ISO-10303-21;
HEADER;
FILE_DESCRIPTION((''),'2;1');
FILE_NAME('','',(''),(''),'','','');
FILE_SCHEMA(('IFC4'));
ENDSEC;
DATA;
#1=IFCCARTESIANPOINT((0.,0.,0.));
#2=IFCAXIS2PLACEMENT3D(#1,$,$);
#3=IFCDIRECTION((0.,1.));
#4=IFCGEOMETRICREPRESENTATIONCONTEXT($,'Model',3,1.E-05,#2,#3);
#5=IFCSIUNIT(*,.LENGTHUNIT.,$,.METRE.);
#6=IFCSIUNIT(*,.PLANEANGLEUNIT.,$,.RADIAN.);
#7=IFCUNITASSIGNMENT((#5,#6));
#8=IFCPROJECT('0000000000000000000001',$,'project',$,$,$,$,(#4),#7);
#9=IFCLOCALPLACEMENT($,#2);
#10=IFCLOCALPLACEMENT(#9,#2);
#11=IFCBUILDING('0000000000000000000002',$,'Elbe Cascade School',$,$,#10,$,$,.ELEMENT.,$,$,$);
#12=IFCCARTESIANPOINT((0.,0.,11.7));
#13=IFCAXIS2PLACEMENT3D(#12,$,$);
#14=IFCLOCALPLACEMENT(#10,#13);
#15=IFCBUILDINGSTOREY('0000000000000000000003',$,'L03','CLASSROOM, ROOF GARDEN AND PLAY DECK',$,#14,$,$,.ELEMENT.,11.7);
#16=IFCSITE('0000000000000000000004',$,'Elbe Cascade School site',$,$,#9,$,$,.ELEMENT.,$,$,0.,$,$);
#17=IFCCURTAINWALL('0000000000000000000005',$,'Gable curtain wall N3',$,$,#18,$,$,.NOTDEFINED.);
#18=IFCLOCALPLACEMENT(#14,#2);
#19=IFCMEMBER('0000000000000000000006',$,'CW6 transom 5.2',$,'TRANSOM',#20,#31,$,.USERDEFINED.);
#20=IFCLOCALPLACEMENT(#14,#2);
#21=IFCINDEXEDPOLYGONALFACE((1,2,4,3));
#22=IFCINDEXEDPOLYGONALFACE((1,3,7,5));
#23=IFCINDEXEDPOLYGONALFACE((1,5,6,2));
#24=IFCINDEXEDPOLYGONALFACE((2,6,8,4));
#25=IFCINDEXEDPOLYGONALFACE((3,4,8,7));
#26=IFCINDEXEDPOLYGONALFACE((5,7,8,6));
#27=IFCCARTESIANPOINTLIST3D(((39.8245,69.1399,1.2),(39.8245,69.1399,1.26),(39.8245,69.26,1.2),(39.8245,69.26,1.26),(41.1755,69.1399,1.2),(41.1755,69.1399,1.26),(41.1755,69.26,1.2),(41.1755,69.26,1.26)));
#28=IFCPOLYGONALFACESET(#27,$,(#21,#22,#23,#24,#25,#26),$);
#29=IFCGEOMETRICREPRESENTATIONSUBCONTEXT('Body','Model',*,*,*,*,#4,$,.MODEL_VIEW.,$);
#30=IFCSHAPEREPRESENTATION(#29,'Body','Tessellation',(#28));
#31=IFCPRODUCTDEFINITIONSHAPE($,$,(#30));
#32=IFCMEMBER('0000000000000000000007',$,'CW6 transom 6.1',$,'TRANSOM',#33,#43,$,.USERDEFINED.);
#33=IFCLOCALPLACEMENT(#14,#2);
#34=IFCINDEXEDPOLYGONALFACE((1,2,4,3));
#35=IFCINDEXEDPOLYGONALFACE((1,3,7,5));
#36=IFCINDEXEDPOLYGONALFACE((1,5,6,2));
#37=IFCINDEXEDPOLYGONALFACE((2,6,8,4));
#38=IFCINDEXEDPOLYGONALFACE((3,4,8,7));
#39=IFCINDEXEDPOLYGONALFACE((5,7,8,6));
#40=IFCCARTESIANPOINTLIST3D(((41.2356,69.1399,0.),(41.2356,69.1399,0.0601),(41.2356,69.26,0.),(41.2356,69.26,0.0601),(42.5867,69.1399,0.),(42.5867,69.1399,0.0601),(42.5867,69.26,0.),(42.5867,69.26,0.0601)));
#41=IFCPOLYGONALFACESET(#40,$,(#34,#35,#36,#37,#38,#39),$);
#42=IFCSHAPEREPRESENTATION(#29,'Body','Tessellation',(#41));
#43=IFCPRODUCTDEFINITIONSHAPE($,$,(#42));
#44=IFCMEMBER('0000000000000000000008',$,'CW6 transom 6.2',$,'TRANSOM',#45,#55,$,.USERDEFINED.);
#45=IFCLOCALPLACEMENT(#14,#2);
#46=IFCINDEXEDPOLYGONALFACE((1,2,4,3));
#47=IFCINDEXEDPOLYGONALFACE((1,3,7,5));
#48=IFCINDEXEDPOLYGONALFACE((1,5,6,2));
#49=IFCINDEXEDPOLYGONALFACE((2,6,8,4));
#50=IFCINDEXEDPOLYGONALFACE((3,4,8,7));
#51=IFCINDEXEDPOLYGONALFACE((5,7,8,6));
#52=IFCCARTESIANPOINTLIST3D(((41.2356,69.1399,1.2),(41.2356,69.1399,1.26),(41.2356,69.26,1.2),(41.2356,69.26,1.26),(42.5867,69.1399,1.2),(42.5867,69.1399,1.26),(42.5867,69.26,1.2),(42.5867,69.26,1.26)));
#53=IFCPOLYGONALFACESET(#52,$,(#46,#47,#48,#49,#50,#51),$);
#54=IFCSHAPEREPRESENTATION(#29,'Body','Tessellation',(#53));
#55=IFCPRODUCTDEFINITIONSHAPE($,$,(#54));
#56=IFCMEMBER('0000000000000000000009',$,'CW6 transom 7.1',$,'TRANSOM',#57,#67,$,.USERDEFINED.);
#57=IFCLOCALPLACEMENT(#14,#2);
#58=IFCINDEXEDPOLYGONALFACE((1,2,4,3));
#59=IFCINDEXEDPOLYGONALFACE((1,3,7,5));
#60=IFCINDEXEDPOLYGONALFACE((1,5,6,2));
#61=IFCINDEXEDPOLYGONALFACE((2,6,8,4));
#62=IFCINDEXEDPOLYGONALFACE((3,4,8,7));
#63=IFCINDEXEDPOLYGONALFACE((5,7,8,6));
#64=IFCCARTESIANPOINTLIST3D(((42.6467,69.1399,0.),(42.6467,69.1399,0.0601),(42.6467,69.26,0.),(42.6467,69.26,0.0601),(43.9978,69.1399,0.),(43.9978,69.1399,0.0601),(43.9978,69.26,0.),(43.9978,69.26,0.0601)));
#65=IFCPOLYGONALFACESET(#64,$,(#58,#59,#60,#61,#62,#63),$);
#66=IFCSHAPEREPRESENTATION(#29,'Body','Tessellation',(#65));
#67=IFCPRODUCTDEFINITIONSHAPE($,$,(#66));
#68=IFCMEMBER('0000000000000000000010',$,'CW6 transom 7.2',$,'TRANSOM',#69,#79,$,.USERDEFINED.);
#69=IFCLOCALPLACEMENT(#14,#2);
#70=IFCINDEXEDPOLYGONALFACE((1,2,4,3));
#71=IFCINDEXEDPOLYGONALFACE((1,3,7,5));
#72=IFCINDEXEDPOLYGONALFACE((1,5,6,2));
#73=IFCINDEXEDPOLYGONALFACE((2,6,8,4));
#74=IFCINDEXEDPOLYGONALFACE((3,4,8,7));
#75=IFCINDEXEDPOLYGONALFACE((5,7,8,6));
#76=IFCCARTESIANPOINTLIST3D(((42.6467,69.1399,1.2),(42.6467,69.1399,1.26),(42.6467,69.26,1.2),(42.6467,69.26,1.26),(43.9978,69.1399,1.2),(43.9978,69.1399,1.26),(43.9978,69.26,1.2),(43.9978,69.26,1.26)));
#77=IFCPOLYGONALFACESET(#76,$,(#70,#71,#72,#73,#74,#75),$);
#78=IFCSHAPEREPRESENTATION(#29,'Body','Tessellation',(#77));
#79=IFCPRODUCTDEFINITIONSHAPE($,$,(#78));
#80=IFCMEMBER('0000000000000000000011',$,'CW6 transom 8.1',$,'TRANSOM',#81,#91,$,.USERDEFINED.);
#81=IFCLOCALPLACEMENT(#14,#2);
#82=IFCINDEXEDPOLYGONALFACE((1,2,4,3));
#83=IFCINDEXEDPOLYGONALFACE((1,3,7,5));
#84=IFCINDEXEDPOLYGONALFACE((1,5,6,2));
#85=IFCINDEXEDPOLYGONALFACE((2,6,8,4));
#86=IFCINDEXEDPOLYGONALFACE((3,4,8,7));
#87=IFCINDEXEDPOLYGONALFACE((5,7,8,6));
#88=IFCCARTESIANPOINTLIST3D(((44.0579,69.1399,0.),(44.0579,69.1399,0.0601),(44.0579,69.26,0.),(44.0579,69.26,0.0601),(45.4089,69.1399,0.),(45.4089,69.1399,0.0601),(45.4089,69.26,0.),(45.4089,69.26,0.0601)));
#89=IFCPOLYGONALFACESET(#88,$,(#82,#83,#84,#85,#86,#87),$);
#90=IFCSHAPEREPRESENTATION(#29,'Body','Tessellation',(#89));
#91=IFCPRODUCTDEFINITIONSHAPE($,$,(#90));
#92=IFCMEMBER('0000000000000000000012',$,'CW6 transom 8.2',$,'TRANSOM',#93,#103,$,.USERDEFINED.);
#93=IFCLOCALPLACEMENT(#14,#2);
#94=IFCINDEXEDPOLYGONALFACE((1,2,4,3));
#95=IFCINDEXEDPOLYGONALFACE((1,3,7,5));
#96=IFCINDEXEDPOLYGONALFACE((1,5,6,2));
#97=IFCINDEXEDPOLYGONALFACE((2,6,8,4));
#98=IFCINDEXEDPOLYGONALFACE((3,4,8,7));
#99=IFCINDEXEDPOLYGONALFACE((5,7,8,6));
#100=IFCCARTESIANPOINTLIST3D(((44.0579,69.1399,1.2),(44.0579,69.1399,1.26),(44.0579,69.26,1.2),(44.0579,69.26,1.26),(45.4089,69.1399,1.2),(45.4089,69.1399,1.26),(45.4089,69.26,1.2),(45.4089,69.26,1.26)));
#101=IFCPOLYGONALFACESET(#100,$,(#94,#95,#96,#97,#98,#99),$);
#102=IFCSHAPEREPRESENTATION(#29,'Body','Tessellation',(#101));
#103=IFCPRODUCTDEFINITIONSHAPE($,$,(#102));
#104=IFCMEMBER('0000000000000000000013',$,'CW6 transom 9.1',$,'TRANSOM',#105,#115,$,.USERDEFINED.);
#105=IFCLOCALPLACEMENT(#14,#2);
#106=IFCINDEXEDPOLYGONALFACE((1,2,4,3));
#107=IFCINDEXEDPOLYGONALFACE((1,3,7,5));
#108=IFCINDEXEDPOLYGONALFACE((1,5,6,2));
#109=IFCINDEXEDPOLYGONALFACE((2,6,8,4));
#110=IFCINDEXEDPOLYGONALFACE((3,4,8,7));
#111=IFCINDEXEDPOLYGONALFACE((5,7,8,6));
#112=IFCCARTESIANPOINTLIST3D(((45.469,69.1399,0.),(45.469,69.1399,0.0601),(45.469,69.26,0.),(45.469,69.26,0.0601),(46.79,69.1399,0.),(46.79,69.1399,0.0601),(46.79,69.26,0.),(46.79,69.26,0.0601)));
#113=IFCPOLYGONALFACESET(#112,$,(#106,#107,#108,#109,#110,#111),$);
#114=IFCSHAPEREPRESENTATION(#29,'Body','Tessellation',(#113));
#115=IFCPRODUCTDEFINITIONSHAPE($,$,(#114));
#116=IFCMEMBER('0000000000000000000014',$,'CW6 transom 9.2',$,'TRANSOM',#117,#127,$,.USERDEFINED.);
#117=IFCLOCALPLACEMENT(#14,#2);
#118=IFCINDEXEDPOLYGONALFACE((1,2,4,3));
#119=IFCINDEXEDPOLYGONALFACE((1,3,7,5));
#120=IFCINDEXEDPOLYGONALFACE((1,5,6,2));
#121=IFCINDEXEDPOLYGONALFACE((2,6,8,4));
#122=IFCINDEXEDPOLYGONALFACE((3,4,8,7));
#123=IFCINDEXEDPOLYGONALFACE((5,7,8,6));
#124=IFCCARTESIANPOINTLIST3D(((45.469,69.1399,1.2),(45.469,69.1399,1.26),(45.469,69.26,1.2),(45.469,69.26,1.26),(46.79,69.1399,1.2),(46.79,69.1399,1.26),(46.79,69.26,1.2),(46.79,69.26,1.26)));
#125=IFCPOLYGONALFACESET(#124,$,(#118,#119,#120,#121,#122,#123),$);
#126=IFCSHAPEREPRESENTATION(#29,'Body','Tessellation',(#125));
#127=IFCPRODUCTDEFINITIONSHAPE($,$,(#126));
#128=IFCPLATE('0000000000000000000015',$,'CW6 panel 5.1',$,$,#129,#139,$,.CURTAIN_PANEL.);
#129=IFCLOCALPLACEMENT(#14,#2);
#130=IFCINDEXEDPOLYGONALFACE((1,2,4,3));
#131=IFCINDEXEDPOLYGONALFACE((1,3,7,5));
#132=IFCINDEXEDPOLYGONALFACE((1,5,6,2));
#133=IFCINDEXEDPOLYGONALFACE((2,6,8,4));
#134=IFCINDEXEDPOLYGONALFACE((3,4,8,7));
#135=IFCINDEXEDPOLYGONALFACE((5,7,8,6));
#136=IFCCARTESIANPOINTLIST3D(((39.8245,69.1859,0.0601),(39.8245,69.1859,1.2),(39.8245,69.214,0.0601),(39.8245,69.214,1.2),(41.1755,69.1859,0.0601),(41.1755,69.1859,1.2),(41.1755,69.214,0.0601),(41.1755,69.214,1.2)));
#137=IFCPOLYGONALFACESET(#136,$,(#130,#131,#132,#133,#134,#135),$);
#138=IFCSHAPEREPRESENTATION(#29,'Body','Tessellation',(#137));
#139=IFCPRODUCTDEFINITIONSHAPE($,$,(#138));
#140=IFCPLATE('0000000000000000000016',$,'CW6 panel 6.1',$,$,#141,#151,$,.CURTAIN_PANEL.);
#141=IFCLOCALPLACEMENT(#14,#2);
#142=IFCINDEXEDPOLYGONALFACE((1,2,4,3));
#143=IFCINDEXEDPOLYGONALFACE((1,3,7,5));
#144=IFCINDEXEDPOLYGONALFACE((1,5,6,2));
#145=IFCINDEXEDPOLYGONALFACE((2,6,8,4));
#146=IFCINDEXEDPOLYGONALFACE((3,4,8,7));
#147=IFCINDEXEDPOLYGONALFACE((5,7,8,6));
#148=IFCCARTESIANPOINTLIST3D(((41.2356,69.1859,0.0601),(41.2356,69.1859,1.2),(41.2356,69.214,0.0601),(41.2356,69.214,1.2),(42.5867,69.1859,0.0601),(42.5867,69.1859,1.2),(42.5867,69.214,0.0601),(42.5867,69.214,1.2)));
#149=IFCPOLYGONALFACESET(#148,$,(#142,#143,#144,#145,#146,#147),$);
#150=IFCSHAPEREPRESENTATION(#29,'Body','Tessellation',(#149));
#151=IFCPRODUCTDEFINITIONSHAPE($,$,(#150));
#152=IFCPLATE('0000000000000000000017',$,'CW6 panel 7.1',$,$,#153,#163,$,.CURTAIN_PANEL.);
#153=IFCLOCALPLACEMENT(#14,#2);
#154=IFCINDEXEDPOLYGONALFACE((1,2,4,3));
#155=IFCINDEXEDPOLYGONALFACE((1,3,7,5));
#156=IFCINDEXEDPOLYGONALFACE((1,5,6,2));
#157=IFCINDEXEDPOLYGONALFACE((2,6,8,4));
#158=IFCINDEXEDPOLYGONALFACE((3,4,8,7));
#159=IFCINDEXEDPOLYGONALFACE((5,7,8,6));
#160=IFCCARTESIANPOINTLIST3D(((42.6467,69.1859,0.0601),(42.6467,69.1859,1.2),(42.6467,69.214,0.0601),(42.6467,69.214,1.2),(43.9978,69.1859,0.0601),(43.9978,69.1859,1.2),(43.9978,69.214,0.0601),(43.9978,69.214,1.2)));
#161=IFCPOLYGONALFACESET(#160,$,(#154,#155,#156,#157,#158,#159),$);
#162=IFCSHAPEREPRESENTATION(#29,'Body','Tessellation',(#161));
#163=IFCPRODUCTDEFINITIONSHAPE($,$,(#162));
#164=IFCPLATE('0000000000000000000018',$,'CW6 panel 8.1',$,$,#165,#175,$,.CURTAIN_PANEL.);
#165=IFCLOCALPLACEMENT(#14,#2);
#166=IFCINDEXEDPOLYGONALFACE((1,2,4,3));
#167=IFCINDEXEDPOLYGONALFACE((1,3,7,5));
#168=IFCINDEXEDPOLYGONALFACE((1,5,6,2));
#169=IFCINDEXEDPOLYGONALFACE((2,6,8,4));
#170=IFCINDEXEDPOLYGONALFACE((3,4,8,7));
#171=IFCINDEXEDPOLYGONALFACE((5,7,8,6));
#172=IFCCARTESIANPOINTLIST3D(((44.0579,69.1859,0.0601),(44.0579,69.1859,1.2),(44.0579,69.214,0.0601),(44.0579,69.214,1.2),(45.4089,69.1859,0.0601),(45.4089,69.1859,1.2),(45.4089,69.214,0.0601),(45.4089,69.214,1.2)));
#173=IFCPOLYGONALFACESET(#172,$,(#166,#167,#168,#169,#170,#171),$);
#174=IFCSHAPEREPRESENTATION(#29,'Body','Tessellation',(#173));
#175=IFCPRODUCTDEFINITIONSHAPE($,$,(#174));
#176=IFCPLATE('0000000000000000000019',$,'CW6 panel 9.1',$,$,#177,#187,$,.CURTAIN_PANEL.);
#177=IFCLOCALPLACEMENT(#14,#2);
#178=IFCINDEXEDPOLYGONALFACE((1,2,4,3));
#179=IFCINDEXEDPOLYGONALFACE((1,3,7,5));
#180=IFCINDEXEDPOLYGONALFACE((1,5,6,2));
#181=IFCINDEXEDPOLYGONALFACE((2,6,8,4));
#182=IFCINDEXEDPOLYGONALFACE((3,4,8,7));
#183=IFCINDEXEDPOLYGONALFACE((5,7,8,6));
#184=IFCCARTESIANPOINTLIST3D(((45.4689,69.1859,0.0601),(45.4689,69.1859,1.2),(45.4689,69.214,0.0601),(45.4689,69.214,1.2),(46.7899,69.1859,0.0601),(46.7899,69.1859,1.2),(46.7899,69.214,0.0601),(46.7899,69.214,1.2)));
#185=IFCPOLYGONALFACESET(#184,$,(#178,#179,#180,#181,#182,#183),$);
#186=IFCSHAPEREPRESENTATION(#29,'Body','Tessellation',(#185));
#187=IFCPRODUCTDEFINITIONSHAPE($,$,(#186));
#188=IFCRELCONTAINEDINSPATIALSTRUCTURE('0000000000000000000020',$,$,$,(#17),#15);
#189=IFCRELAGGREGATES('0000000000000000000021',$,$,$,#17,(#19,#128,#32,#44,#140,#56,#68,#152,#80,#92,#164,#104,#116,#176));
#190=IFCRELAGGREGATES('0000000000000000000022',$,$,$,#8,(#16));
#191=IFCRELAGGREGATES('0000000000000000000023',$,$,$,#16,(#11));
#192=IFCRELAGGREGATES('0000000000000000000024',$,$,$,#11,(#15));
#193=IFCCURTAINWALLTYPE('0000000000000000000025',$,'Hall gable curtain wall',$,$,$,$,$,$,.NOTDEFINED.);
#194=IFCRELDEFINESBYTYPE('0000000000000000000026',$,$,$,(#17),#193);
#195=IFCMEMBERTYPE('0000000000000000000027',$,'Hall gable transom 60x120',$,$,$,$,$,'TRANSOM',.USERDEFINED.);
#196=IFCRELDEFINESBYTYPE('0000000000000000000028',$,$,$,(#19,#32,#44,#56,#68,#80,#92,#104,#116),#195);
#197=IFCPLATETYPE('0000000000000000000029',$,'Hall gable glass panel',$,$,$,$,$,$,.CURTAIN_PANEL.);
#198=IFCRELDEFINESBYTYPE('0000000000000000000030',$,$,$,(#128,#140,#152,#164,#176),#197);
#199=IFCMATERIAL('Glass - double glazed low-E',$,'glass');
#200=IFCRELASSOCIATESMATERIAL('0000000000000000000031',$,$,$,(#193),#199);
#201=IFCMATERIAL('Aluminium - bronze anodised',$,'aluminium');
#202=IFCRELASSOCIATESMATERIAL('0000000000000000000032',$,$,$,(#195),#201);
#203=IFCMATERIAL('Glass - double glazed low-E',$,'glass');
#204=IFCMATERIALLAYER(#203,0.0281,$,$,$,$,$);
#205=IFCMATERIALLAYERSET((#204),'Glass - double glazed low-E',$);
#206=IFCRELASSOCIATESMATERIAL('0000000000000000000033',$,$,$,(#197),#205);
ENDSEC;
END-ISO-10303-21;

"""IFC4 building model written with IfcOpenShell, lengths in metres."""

from ifc_helpers import new_model, si_unit, direction, frame, origin, origin_2d, place, context, subcontext, project, spatial, rectangle, extrude, material, layer, layer_set, material_profile, profile_set, type_object, element, aggregate, save


model = new_model("IFC4")

# Units and contexts
model_context = context("Model", 3, precision=1e-05, world=origin(), true_north=direction((0.0, 1.0)))
body_context = subcontext(model_context, "Body", "Model", "MODEL_VIEW")
ifc_project = project(units=[si_unit("LENGTHUNIT", "METRE"), si_unit("PLANEANGLEUNIT", "RADIAN")], contexts=[model_context])

# Site, building, storey
site_placement = place(None, origin())
site = spatial("IfcSite", under=ifc_project, at=site_placement, Name="Elbe Cascade School site", CompositionType="ELEMENT", RefElevation=0.0)
building_placement = place(site_placement, origin())
building = spatial("IfcBuilding", under=site, at=building_placement, Name="Elbe Cascade School", CompositionType="ELEMENT")
storey_placement = place(building_placement, frame((0.0, 0.0, 11.7)))
storey = spatial("IfcBuildingStorey", under=building, at=storey_placement, Name="L03", Description="CLASSROOM, ROOF GARDEN AND PLAY DECK", CompositionType="ELEMENT", Elevation=11.7)

# Curtain wall
ifc_material_1 = material(Name="Glass - double glazed low-E", Category="glass")
curtain_wall_type = type_object("IfcCurtainWallType", Name="Hall gable curtain wall", PredefinedType="NOTDEFINED", material=ifc_material_1)
curtain_wall_1_placement = place(storey_placement, origin())
curtain_wall_1 = element("IfcCurtainWall", 1, at=curtain_wall_1_placement, inside=storey, type_object=curtain_wall_type, Name="Gable curtain wall N3", PredefinedType="NOTDEFINED")

# Members
ifc_material_2 = material(Name="Aluminium - bronze anodised", Category="aluminium")
ifc_material_profile_1 = material_profile(ifc_material_2, rectangle(XDim=0.1201, YDim=0.0601, at=origin_2d()), Name="Alu 60x120")
ifc_profile_set_1 = profile_set([ifc_material_profile_1], Name="Aluminium - bronze anodised")
member_type_1 = type_object("IfcMemberType", Name="Hall gable transom 60x120", ElementType="TRANSOM", PredefinedType="USERDEFINED", material=ifc_profile_set_1)
member_1_placement = place(storey_placement, frame((39.8245, 69.2, 1.23), z_axis=(1.0, 0.0, 0.0), x_axis=(0.0, 1.0, 0.0)))
member_1 = element("IfcMember", 2, at=member_1_placement, type_object=member_type_1, Name="CW6 transom 5.2", ObjectType="TRANSOM", PredefinedType="USERDEFINED", context=body_context, shape_type="SweptSolid", body=[
    extrude(rectangle(XDim=0.1201, YDim=0.0601, at=origin_2d()), origin(), (0.0, 0.0, 1.0), 1.3511),
])
member_2_placement = place(storey_placement, frame((41.2356, 69.2, 0.03), z_axis=(1.0, 0.0, 0.0), x_axis=(0.0, 1.0, 0.0)))
member_2 = element("IfcMember", 3, at=member_2_placement, type_object=member_type_1, Name="CW6 transom 6.1", ObjectType="TRANSOM", PredefinedType="USERDEFINED", context=body_context, shape_type="SweptSolid", body=[
    extrude(rectangle(XDim=0.1201, YDim=0.0601, at=origin_2d()), origin(), (0.0, 0.0, 1.0), 1.3511),
])
member_3_placement = place(storey_placement, frame((41.2356, 69.2, 1.23), z_axis=(1.0, 0.0, 0.0), x_axis=(0.0, 1.0, 0.0)))
member_3 = element("IfcMember", 4, at=member_3_placement, type_object=member_type_1, Name="CW6 transom 6.2", ObjectType="TRANSOM", PredefinedType="USERDEFINED", context=body_context, shape_type="SweptSolid", body=[
    extrude(rectangle(XDim=0.1201, YDim=0.0601, at=origin_2d()), origin(), (0.0, 0.0, 1.0), 1.3511),
])
member_4_placement = place(storey_placement, frame((42.6467, 69.2, 0.03), z_axis=(1.0, 0.0, 0.0), x_axis=(0.0, 1.0, 0.0)))
member_4 = element("IfcMember", 5, at=member_4_placement, type_object=member_type_1, Name="CW6 transom 7.1", ObjectType="TRANSOM", PredefinedType="USERDEFINED", context=body_context, shape_type="SweptSolid", body=[
    extrude(rectangle(XDim=0.1201, YDim=0.0601, at=origin_2d()), origin(), (0.0, 0.0, 1.0), 1.3511),
])
member_5_placement = place(storey_placement, frame((42.6467, 69.2, 1.23), z_axis=(1.0, 0.0, 0.0), x_axis=(0.0, 1.0, 0.0)))
member_5 = element("IfcMember", 6, at=member_5_placement, type_object=member_type_1, Name="CW6 transom 7.2", ObjectType="TRANSOM", PredefinedType="USERDEFINED", context=body_context, shape_type="SweptSolid", body=[
    extrude(rectangle(XDim=0.1201, YDim=0.0601, at=origin_2d()), origin(), (0.0, 0.0, 1.0), 1.3511),
])
member_6_placement = place(storey_placement, frame((44.0579, 69.2, 0.03), z_axis=(1.0, 0.0, 0.0), x_axis=(0.0, 1.0, 0.0)))
member_6 = element("IfcMember", 7, at=member_6_placement, type_object=member_type_1, Name="CW6 transom 8.1", ObjectType="TRANSOM", PredefinedType="USERDEFINED", context=body_context, shape_type="SweptSolid", body=[
    extrude(rectangle(XDim=0.1201, YDim=0.0601, at=origin_2d()), origin(), (0.0, 0.0, 1.0), 1.3511),
])
member_7_placement = place(storey_placement, frame((44.0579, 69.2, 1.23), z_axis=(1.0, 0.0, 0.0), x_axis=(0.0, 1.0, 0.0)))
member_7 = element("IfcMember", 8, at=member_7_placement, type_object=member_type_1, Name="CW6 transom 8.2", ObjectType="TRANSOM", PredefinedType="USERDEFINED", context=body_context, shape_type="SweptSolid", body=[
    extrude(rectangle(XDim=0.1201, YDim=0.0601, at=origin_2d()), origin(), (0.0, 0.0, 1.0), 1.3511),
])
member_8_placement = place(storey_placement, frame((45.469, 69.2, 0.03), z_axis=(1.0, 0.0, 0.0), x_axis=(0.0, 1.0, 0.0)))
member_8 = element("IfcMember", 9, at=member_8_placement, type_object=member_type_1, Name="CW6 transom 9.1", ObjectType="TRANSOM", PredefinedType="USERDEFINED", context=body_context, shape_type="SweptSolid", body=[
    extrude(rectangle(XDim=0.1201, YDim=0.0601, at=origin_2d()), origin(), (0.0, 0.0, 1.0), 1.321),
])
member_9_placement = place(storey_placement, frame((45.469, 69.2, 1.23), z_axis=(1.0, 0.0, 0.0), x_axis=(0.0, 1.0, 0.0)))
member_9 = element("IfcMember", 10, at=member_9_placement, type_object=member_type_1, Name="CW6 transom 9.2", ObjectType="TRANSOM", PredefinedType="USERDEFINED", context=body_context, shape_type="SweptSolid", body=[
    extrude(rectangle(XDim=0.1201, YDim=0.0601, at=origin_2d()), origin(), (0.0, 0.0, 1.0), 1.321),
])

# Plates
ifc_material_3 = material(Name="Glass - double glazed low-E", Category="glass")
ifc_layer_1 = layer(ifc_material_3, 0.0281)
ifc_layer_set_1 = layer_set([ifc_layer_1], Name="Glass - double glazed low-E")
plate_type_1 = type_object("IfcPlateType", Name="Hall gable glass panel", PredefinedType="CURTAIN_PANEL", material=ifc_layer_set_1)
plate_1_placement = place(storey_placement, frame((40.5, 69.2, 0.0601), z_axis=(0.0, 0.0, 1.0), x_axis=(1.0, 0.0, 0.0)))
plate_1 = element("IfcPlate", 11, at=plate_1_placement, type_object=plate_type_1, Name="CW6 panel 5.1", PredefinedType="CURTAIN_PANEL", context=body_context, shape_type="SweptSolid", body=[
    extrude(rectangle(XDim=1.3511, YDim=0.0281, at=origin_2d()), origin(), (0.0, 0.0, 1.0), 1.1399),
])
plate_2_placement = place(storey_placement, frame((41.9111, 69.2, 0.0601), z_axis=(0.0, 0.0, 1.0), x_axis=(1.0, 0.0, 0.0)))
plate_2 = element("IfcPlate", 12, at=plate_2_placement, type_object=plate_type_1, Name="CW6 panel 6.1", PredefinedType="CURTAIN_PANEL", context=body_context, shape_type="SweptSolid", body=[
    extrude(rectangle(XDim=1.3511, YDim=0.0281, at=origin_2d()), origin(), (0.0, 0.0, 1.0), 1.1399),
])
plate_3_placement = place(storey_placement, frame((43.3223, 69.2, 0.0601), z_axis=(0.0, 0.0, 1.0), x_axis=(1.0, 0.0, 0.0)))
plate_3 = element("IfcPlate", 13, at=plate_3_placement, type_object=plate_type_1, Name="CW6 panel 7.1", PredefinedType="CURTAIN_PANEL", context=body_context, shape_type="SweptSolid", body=[
    extrude(rectangle(XDim=1.3511, YDim=0.0281, at=origin_2d()), origin(), (0.0, 0.0, 1.0), 1.1399),
])
plate_4_placement = place(storey_placement, frame((44.7334, 69.2, 0.0601), z_axis=(0.0, 0.0, 1.0), x_axis=(1.0, 0.0, 0.0)))
plate_4 = element("IfcPlate", 14, at=plate_4_placement, type_object=plate_type_1, Name="CW6 panel 8.1", PredefinedType="CURTAIN_PANEL", context=body_context, shape_type="SweptSolid", body=[
    extrude(rectangle(XDim=1.3511, YDim=0.0281, at=origin_2d()), origin(), (0.0, 0.0, 1.0), 1.1399),
])
plate_5_placement = place(storey_placement, frame((46.1294, 69.2, 0.0601), z_axis=(0.0, 0.0, 1.0), x_axis=(1.0, 0.0, 0.0)))
plate_5 = element("IfcPlate", 15, at=plate_5_placement, type_object=plate_type_1, Name="CW6 panel 9.1", PredefinedType="CURTAIN_PANEL", context=body_context, shape_type="SweptSolid", body=[
    extrude(rectangle(XDim=1.321, YDim=0.0281, at=origin_2d()), origin(), (0.0, 0.0, 1.0), 1.1399),
])
aggregate(curtain_wall_1, [member_1, plate_1, member_2, member_3, plate_2, member_4, member_5, plate_3, member_6, member_7, plate_4, member_8, member_9, plate_5])

save(model, "model.ifc")
